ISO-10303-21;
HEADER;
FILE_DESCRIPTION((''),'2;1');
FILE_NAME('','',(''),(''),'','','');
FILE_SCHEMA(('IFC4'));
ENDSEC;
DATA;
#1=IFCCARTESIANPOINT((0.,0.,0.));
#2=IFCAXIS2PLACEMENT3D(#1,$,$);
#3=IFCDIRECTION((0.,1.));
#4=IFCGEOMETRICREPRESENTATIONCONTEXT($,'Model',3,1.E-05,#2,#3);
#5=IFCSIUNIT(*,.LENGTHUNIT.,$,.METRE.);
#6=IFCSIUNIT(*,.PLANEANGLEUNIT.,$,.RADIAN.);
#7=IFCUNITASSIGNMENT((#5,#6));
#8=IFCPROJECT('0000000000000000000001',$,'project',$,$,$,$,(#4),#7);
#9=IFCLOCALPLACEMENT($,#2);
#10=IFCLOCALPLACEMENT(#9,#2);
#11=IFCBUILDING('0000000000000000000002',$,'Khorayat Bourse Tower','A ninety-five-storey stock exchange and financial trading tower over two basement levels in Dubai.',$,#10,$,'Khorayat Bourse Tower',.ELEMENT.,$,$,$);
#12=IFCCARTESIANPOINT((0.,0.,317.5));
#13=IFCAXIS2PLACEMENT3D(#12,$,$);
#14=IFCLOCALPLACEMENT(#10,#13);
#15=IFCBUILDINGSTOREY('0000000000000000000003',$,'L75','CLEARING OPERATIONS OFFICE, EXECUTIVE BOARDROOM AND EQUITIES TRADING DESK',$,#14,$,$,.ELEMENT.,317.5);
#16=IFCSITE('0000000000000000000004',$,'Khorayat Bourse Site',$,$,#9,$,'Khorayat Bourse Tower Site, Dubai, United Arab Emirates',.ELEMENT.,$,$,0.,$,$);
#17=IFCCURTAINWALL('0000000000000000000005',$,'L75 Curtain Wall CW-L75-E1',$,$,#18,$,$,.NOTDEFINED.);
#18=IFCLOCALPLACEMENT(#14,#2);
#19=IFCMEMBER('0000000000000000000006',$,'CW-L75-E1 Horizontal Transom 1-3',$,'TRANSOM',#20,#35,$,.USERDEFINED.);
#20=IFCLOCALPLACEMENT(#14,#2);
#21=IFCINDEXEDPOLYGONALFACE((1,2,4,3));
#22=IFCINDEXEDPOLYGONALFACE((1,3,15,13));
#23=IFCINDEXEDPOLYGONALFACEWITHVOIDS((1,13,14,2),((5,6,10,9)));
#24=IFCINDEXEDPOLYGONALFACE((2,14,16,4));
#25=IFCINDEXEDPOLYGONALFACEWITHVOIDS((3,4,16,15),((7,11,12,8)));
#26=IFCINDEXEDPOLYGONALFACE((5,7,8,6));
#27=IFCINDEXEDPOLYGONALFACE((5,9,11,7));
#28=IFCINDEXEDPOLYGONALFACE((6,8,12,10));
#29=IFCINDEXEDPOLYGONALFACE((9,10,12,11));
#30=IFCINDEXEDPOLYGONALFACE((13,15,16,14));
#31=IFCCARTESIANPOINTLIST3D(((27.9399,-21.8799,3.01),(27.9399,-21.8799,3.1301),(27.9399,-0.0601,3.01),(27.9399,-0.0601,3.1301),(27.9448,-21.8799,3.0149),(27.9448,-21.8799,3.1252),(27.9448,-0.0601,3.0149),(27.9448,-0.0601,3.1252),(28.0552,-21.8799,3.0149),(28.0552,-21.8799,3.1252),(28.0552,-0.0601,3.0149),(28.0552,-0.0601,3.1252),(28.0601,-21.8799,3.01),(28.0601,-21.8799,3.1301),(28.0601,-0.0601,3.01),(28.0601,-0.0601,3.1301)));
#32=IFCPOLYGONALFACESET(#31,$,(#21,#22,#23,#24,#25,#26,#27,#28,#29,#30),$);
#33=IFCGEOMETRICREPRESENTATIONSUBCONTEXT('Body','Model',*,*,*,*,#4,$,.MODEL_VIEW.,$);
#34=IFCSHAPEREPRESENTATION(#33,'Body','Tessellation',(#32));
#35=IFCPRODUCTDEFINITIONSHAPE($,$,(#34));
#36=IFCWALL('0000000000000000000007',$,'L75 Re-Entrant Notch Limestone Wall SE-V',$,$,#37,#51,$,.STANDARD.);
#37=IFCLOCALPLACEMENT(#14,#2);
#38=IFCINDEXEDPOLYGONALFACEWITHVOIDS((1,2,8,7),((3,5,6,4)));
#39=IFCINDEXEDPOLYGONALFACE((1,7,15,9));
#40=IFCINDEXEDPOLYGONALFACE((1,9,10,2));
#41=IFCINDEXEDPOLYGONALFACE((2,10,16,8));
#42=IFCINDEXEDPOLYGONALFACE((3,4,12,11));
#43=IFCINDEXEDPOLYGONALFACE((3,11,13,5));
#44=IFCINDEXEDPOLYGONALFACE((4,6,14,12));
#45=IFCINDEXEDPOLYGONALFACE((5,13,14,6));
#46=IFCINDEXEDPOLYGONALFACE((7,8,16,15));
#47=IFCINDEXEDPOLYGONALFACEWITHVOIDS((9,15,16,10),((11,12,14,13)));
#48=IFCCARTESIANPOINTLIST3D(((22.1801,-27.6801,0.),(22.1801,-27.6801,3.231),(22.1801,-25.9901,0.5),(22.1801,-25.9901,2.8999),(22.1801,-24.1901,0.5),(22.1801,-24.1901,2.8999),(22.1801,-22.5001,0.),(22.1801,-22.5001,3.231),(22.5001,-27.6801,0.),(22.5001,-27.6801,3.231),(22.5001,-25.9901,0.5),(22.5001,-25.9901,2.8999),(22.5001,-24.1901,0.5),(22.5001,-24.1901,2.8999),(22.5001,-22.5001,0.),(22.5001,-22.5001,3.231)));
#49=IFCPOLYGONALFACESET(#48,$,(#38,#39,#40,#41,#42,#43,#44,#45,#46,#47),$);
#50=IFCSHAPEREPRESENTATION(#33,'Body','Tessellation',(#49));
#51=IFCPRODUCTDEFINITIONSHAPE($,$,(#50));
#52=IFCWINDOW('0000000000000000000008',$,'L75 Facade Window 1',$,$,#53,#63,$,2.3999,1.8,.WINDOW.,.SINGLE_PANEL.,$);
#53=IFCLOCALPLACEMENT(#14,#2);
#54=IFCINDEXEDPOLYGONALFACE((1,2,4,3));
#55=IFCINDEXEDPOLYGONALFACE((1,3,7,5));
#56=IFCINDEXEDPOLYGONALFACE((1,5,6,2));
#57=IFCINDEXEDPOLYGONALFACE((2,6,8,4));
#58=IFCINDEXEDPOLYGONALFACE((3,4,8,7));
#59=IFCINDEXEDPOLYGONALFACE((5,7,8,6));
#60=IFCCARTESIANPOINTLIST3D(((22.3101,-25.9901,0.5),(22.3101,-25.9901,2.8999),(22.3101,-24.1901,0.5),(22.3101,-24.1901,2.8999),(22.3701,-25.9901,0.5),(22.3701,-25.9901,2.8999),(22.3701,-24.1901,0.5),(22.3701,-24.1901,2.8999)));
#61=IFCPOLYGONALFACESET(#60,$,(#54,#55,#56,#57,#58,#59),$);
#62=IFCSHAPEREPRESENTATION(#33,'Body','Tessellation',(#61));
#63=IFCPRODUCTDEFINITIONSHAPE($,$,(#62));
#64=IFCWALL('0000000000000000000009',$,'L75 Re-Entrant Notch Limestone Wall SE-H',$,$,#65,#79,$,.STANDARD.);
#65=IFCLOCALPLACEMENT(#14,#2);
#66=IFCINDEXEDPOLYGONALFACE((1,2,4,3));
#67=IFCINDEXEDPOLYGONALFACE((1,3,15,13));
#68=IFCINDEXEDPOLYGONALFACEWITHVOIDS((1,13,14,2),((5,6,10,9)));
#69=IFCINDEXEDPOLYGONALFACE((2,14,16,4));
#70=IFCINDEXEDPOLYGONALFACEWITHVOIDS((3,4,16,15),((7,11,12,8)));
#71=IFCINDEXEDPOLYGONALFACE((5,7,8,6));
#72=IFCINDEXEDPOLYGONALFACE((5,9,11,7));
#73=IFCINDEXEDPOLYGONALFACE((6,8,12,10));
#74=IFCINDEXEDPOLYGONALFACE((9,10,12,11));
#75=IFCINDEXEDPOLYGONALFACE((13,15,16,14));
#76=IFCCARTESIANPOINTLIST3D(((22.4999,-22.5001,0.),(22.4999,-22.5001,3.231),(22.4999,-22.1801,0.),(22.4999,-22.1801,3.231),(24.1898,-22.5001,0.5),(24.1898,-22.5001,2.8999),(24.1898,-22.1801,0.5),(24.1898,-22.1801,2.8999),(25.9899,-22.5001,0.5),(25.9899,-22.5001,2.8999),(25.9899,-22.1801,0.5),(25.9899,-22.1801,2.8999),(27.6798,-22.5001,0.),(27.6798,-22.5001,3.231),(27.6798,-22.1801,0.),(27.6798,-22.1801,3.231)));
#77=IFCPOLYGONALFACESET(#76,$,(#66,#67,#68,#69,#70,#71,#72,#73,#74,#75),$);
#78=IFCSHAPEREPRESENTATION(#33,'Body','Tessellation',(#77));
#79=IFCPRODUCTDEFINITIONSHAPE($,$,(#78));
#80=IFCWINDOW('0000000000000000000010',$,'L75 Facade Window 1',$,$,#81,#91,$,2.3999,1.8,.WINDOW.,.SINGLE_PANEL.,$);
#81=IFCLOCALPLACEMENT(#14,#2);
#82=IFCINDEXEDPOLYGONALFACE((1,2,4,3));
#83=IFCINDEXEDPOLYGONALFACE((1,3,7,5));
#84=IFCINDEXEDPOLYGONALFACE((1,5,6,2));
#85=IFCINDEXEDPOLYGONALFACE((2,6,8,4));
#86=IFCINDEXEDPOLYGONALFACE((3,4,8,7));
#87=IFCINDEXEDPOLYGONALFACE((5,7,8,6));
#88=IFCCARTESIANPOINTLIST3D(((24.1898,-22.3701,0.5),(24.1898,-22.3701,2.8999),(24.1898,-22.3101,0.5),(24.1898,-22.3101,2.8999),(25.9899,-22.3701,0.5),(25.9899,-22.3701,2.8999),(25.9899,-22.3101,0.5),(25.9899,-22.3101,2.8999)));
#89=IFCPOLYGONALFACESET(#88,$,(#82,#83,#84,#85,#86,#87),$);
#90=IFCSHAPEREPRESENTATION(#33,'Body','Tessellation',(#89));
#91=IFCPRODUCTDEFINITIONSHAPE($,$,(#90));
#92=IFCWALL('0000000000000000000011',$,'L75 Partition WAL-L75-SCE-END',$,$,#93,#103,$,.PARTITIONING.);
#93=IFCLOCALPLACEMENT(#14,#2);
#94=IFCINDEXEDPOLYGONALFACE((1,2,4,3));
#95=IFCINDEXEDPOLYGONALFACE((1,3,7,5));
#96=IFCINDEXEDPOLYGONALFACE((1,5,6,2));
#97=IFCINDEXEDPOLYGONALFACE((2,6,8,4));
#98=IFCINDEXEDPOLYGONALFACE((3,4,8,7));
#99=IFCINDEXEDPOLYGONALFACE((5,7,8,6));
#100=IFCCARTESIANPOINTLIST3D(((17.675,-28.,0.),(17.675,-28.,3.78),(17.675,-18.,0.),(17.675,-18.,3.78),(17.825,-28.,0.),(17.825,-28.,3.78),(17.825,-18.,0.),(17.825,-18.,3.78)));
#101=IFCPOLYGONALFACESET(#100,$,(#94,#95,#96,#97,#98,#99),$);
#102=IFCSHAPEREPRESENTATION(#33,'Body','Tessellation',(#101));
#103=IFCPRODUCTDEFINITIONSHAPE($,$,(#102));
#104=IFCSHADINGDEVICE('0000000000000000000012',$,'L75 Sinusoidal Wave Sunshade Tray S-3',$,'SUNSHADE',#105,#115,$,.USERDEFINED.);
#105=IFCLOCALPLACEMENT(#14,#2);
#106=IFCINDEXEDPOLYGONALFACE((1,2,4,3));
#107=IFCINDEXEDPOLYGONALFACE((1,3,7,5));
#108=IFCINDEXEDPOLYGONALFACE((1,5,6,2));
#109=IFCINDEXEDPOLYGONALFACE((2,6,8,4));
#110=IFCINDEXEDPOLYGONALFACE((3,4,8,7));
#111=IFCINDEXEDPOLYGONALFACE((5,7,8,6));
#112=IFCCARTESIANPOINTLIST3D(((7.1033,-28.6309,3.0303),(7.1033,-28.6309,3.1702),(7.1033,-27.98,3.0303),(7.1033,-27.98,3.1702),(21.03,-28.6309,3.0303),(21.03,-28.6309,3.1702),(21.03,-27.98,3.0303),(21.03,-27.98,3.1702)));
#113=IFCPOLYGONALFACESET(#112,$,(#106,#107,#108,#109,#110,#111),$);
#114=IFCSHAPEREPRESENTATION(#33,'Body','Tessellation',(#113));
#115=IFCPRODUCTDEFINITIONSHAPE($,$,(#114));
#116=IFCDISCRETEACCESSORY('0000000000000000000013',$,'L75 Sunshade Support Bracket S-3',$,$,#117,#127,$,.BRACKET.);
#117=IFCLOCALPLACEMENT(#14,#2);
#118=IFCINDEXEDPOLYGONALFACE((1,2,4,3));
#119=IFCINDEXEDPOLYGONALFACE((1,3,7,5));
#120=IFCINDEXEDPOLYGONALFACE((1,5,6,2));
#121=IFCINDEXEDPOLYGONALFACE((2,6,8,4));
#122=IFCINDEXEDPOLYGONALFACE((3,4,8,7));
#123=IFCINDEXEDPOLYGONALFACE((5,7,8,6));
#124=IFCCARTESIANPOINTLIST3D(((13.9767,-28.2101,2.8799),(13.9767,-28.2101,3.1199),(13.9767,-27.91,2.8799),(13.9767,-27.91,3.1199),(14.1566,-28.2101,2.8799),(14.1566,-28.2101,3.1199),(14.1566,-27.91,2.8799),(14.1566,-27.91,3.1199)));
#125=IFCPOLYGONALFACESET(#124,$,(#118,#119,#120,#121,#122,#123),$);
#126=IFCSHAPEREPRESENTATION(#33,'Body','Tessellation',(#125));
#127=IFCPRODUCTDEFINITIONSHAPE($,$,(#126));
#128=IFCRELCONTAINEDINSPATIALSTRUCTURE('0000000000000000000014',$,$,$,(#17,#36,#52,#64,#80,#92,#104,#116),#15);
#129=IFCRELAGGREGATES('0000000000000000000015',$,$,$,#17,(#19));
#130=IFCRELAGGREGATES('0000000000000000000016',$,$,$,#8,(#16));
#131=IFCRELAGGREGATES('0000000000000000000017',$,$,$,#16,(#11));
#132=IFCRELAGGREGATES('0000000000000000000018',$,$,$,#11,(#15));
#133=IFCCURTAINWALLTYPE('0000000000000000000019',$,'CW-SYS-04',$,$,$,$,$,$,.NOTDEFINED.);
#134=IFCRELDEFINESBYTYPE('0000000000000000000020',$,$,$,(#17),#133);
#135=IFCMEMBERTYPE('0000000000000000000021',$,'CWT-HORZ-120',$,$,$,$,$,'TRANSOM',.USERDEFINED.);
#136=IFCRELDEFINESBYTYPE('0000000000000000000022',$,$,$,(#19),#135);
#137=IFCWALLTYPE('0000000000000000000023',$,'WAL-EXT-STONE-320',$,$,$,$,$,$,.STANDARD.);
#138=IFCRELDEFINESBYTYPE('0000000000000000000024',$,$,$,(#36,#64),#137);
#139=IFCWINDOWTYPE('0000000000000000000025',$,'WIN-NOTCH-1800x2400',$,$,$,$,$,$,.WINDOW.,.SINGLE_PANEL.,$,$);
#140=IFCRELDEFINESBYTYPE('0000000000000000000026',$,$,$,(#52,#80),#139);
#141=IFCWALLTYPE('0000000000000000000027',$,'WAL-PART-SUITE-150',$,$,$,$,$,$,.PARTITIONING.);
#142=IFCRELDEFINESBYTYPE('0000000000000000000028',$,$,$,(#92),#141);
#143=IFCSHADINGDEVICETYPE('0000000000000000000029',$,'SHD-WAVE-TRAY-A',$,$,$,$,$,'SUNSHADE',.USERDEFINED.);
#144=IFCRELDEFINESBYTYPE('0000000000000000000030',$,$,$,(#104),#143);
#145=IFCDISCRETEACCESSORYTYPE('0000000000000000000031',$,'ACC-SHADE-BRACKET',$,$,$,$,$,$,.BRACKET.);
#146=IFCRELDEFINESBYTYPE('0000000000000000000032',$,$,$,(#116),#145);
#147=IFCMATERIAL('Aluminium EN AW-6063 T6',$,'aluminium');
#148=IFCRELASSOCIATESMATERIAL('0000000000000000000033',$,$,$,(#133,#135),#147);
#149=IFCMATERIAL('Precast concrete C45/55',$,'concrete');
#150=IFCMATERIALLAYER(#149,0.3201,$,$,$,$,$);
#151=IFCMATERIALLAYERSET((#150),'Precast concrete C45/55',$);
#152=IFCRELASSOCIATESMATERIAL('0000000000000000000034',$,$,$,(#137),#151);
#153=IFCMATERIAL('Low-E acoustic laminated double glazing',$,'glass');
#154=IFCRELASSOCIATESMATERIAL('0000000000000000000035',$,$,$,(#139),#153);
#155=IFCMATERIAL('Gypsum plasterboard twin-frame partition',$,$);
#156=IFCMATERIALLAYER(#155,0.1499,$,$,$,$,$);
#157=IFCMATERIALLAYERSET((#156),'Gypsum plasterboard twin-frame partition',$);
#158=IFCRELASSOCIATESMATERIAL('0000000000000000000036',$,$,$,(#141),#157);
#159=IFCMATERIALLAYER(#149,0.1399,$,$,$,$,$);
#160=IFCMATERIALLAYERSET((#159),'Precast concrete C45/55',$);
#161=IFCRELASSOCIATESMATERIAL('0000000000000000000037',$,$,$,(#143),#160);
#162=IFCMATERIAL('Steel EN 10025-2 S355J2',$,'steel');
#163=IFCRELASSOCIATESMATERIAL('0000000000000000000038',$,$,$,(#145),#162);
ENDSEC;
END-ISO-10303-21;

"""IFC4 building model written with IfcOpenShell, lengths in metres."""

from ifc_helpers import new_model, si_unit, direction, frame, frame_2d, origin, origin_2d, place, context, subcontext, project, spatial, rectangle, hollow_rectangle, extrude, source, transform, mapped, material, layer, layer_set, material_profile, profile_set, type_object, element, fill, aggregate, save


model = new_model("IFC4")

# Units and contexts
model_context = context("Model", 3, precision=1e-05, world=origin(), true_north=direction((0.0, 1.0)))
body_context = subcontext(model_context, "Body", "Model", "MODEL_VIEW")
ifc_project = project(units=[si_unit("LENGTHUNIT", "METRE"), si_unit("PLANEANGLEUNIT", "RADIAN")], contexts=[model_context])

# Site, building, storey
site_placement = place(None, origin())
site = spatial("IfcSite", under=ifc_project, at=site_placement, Name="Khorayat Bourse Site", LongName="Khorayat Bourse Tower Site, Dubai, United Arab Emirates", CompositionType="ELEMENT", RefElevation=0.0)
building_placement = place(site_placement, origin())
building = spatial("IfcBuilding", under=site, at=building_placement, Name="Khorayat Bourse Tower", Description="A ninety-five-storey stock exchange and financial trading tower over two basement levels in Dubai.", LongName="Khorayat Bourse Tower", CompositionType="ELEMENT")
storey_placement = place(building_placement, frame((0.0, 0.0, 317.5)))
storey = spatial("IfcBuildingStorey", under=building, at=storey_placement, Name="L75", Description="CLEARING OPERATIONS OFFICE, EXECUTIVE BOARDROOM AND EQUITIES TRADING DESK", CompositionType="ELEMENT", Elevation=317.5)

# Curtain wall
ifc_material_1 = material(Name="Aluminium EN AW-6063 T6", Category="aluminium")
curtain_wall_type = type_object("IfcCurtainWallType", Name="CW-SYS-04", PredefinedType="NOTDEFINED", material=ifc_material_1)
curtain_wall_1_placement = place(storey_placement, origin())
curtain_wall_1 = element("IfcCurtainWall", 1, at=curtain_wall_1_placement, inside=storey, type_object=curtain_wall_type, Name="L75 Curtain Wall CW-L75-E1", PredefinedType="NOTDEFINED")

# Member
ifc_material_profile_1 = material_profile(ifc_material_1, hollow_rectangle(XDim=0.1201, YDim=0.1201, WallThickness=0.0049, at=origin_2d()), Name="ALU 120x120x5")
ifc_profile_set_1 = profile_set([ifc_material_profile_1], Name="Aluminium EN AW-6063 T6")
member_type_1 = type_object("IfcMemberType", Name="CWT-HORZ-120", ElementType="TRANSOM", PredefinedType="USERDEFINED", material=ifc_profile_set_1)
shared_shape_1 = source(origin(), body_context, "Body", "SweptSolid", [
    extrude(hollow_rectangle(XDim=0.1201, YDim=0.1201, WallThickness=0.0049, at=origin_2d()), origin(), (0.0, 0.0, 1.0), 21.8198),
])
member_1_placement = place(storey_placement, frame((28.0, -21.8799, 3.0701), z_axis=(0.0, 1.0, 0.0), x_axis=(-1.0, 0.0, 0.0)))
member_1 = element("IfcMember", 2, at=member_1_placement, type_object=member_type_1, Name="CW-L75-E1 Horizontal Transom 1-3", ObjectType="TRANSOM", PredefinedType="USERDEFINED", context=body_context, shape_type="MappedRepresentation", body=[
    mapped(shared_shape_1, transform((0.0, 0.0, 0.0), scale=1.0)),
])
aggregate(curtain_wall_1, [member_1])

# Walls, openings, windows
ifc_material_2 = material(Name="Precast concrete C45/55", Category="concrete")
ifc_layer_1 = layer(ifc_material_2, 0.3201)
ifc_layer_set_1 = layer_set([ifc_layer_1], Name="Precast concrete C45/55")
wall_type_1 = type_object("IfcWallType", Name="WAL-EXT-STONE-320", PredefinedType="STANDARD", material=ifc_layer_set_1)
shared_shape_2 = source(origin(), body_context, "Body", "SweptSolid", [
    extrude(rectangle(XDim=5.1799, YDim=0.3201, at=frame_2d((2.5898, 0.0))), origin(), (0.0, 0.0, 1.0), 3.231),
])
wall_1_placement = place(storey_placement, frame((22.3401, -27.6799, 0.0), z_axis=(0.0, 0.0, 1.0), x_axis=(0.0, 1.0, 0.0)))
wall_1 = element("IfcWall", 3, at=wall_1_placement, inside=storey, type_object=wall_type_1, Name="L75 Re-Entrant Notch Limestone Wall SE-V", PredefinedType="STANDARD", context=body_context, shape_type="MappedRepresentation", body=[
    mapped(shared_shape_2, transform((0.0, 0.0, 0.0), scale=1.0)),
])
shared_shape_3 = source(origin(), body_context, "Body", "SweptSolid", [
    extrude(rectangle(XDim=1.8, YDim=2.3999, at=frame_2d((0.8999, 1.2))), frame((0.0, 0.1699, 0.0), z_axis=(0.0, -1.0, 0.0), x_axis=(1.0, 0.0, 0.0)), (0.0, 0.0, 1.0), 0.3401),
])
opening_1_placement = place(wall_1_placement, frame((1.6899, 0.0, 0.5)))
opening_1 = element("IfcOpeningElement", 4, at=opening_1_placement, cuts=wall_1, PredefinedType="OPENING", context=body_context, shape_type="MappedRepresentation", body=[
    mapped(shared_shape_3, transform((0.0, 0.0, 0.0), scale=1.0)),
])
ifc_material_3 = material(Name="Low-E acoustic laminated double glazing", Category="glass")
window_type = type_object("IfcWindowType", Name="WIN-NOTCH-1800x2400", PartitioningType="SINGLE_PANEL", PredefinedType="WINDOW", material=ifc_material_3)
shared_shape_4 = source(origin(), body_context, "Body", "SweptSolid", [
    extrude(rectangle(XDim=1.8, YDim=2.3999, at=frame_2d((0.8999, 1.2))), frame((0.0, 0.03, 0.0), z_axis=(0.0, -1.0, 0.0), x_axis=(1.0, 0.0, 0.0)), (0.0, 0.0, 1.0), 0.0601),
])
window_1_placement = place(opening_1_placement, origin())
window_1 = element("IfcWindow", 5, at=window_1_placement, inside=storey, type_object=window_type, Name="L75 Facade Window 1", OverallHeight=2.3999, OverallWidth=1.8, PartitioningType="SINGLE_PANEL", PredefinedType="WINDOW", context=body_context, shape_type="MappedRepresentation", body=[
    mapped(shared_shape_4, transform((0.0, 0.0, 0.0), scale=1.0)),
])
fill(opening_1, window_1)
wall_2_placement = place(storey_placement, frame((22.5, -22.3401, 0.0), z_axis=(0.0, 0.0, 1.0), x_axis=(1.0, 0.0, 0.0)))
wall_2 = element("IfcWall", 6, at=wall_2_placement, inside=storey, type_object=wall_type_1, Name="L75 Re-Entrant Notch Limestone Wall SE-H", PredefinedType="STANDARD", context=body_context, shape_type="MappedRepresentation", body=[
    mapped(shared_shape_2, transform((0.0, 0.0, 0.0), scale=1.0)),
])
opening_2_placement = place(wall_2_placement, frame((1.6899, 0.0, 0.5)))
opening_2 = element("IfcOpeningElement", 7, at=opening_2_placement, cuts=wall_2, PredefinedType="OPENING", context=body_context, shape_type="MappedRepresentation", body=[
    mapped(shared_shape_3, transform((0.0, 0.0, 0.0), scale=1.0)),
])
window_2_placement = place(opening_2_placement, origin())
window_2 = element("IfcWindow", 8, at=window_2_placement, inside=storey, type_object=window_type, Name="L75 Facade Window 1", OverallHeight=2.3999, OverallWidth=1.8, PartitioningType="SINGLE_PANEL", PredefinedType="WINDOW", context=body_context, shape_type="MappedRepresentation", body=[
    mapped(shared_shape_4, transform((0.0, 0.0, 0.0), scale=1.0)),
])
fill(opening_2, window_2)

# Wall
ifc_material_4 = material(Name="Gypsum plasterboard twin-frame partition")
ifc_layer_2 = layer(ifc_material_4, 0.1499)
ifc_layer_set_2 = layer_set([ifc_layer_2], Name="Gypsum plasterboard twin-frame partition")
wall_type_2 = type_object("IfcWallType", Name="WAL-PART-SUITE-150", PredefinedType="PARTITIONING", material=ifc_layer_set_2)
shared_shape_5 = source(origin(), body_context, "Body", "SweptSolid", [
    extrude(rectangle(XDim=10.0, YDim=0.1499, at=frame_2d((5.0, 0.0))), origin(), (0.0, 0.0, 1.0), 3.78),
])
wall_3_placement = place(storey_placement, frame((17.75, -28.0, 0.0), z_axis=(0.0, 0.0, 1.0), x_axis=(0.0, 1.0, 0.0)))
element("IfcWall", 9, at=wall_3_placement, inside=storey, type_object=wall_type_2, Name="L75 Partition WAL-L75-SCE-END", PredefinedType="PARTITIONING", context=body_context, shape_type="MappedRepresentation", body=[
    mapped(shared_shape_5, transform((0.0, 0.0, 0.0), scale=1.0)),
])

# Shading device
ifc_layer_3 = layer(ifc_material_2, 0.1399)
ifc_layer_set_3 = layer_set([ifc_layer_3], Name="Precast concrete C45/55")
shading_device_type = type_object("IfcShadingDeviceType", Name="SHD-WAVE-TRAY-A", ElementType="SUNSHADE", PredefinedType="USERDEFINED", material=ifc_layer_set_3)
shared_shape_6 = source(origin(), body_context, "Body", "SweptSolid", [
    extrude(rectangle(XDim=13.9268, YDim=0.6509, at=origin_2d()), origin(), (0.0, 0.0, 1.0), 0.1399),
])
shading_device_placement = place(storey_placement, frame((14.0667, -28.3054, 3.0303), z_axis=(0.0, 0.0, 1.0), x_axis=(1.0, 0.0, 0.0)))
element("IfcShadingDevice", 10, at=shading_device_placement, inside=storey, type_object=shading_device_type, Name="L75 Sinusoidal Wave Sunshade Tray S-3", ObjectType="SUNSHADE", PredefinedType="USERDEFINED", context=body_context, shape_type="MappedRepresentation", body=[
    mapped(shared_shape_6, transform((0.0, 0.0, 0.0), scale=1.0)),
])

# Discrete accessory
ifc_material_5 = material(Name="Steel EN 10025-2 S355J2", Category="steel")
discrete_accessory_type = type_object("IfcDiscreteAccessoryType", Name="ACC-SHADE-BRACKET", PredefinedType="BRACKET", material=ifc_material_5)
shared_shape_7 = source(origin(), body_context, "Body", "SweptSolid", [
    extrude(rectangle(XDim=0.1799, YDim=0.3, at=origin_2d()), origin(), (0.0, 0.0, 1.0), 0.24),
])
discrete_accessory_placement = place(storey_placement, frame((14.0667, -28.0601, 2.8799), z_axis=(0.0, 0.0, 1.0), x_axis=(1.0, 0.0, 0.0)))
element("IfcDiscreteAccessory", 11, at=discrete_accessory_placement, inside=storey, type_object=discrete_accessory_type, Name="L75 Sunshade Support Bracket S-3", PredefinedType="BRACKET", context=body_context, shape_type="MappedRepresentation", body=[
    mapped(shared_shape_7, transform((0.0, 0.0, 0.0), scale=1.0)),
])

save(model, "model.ifc")
